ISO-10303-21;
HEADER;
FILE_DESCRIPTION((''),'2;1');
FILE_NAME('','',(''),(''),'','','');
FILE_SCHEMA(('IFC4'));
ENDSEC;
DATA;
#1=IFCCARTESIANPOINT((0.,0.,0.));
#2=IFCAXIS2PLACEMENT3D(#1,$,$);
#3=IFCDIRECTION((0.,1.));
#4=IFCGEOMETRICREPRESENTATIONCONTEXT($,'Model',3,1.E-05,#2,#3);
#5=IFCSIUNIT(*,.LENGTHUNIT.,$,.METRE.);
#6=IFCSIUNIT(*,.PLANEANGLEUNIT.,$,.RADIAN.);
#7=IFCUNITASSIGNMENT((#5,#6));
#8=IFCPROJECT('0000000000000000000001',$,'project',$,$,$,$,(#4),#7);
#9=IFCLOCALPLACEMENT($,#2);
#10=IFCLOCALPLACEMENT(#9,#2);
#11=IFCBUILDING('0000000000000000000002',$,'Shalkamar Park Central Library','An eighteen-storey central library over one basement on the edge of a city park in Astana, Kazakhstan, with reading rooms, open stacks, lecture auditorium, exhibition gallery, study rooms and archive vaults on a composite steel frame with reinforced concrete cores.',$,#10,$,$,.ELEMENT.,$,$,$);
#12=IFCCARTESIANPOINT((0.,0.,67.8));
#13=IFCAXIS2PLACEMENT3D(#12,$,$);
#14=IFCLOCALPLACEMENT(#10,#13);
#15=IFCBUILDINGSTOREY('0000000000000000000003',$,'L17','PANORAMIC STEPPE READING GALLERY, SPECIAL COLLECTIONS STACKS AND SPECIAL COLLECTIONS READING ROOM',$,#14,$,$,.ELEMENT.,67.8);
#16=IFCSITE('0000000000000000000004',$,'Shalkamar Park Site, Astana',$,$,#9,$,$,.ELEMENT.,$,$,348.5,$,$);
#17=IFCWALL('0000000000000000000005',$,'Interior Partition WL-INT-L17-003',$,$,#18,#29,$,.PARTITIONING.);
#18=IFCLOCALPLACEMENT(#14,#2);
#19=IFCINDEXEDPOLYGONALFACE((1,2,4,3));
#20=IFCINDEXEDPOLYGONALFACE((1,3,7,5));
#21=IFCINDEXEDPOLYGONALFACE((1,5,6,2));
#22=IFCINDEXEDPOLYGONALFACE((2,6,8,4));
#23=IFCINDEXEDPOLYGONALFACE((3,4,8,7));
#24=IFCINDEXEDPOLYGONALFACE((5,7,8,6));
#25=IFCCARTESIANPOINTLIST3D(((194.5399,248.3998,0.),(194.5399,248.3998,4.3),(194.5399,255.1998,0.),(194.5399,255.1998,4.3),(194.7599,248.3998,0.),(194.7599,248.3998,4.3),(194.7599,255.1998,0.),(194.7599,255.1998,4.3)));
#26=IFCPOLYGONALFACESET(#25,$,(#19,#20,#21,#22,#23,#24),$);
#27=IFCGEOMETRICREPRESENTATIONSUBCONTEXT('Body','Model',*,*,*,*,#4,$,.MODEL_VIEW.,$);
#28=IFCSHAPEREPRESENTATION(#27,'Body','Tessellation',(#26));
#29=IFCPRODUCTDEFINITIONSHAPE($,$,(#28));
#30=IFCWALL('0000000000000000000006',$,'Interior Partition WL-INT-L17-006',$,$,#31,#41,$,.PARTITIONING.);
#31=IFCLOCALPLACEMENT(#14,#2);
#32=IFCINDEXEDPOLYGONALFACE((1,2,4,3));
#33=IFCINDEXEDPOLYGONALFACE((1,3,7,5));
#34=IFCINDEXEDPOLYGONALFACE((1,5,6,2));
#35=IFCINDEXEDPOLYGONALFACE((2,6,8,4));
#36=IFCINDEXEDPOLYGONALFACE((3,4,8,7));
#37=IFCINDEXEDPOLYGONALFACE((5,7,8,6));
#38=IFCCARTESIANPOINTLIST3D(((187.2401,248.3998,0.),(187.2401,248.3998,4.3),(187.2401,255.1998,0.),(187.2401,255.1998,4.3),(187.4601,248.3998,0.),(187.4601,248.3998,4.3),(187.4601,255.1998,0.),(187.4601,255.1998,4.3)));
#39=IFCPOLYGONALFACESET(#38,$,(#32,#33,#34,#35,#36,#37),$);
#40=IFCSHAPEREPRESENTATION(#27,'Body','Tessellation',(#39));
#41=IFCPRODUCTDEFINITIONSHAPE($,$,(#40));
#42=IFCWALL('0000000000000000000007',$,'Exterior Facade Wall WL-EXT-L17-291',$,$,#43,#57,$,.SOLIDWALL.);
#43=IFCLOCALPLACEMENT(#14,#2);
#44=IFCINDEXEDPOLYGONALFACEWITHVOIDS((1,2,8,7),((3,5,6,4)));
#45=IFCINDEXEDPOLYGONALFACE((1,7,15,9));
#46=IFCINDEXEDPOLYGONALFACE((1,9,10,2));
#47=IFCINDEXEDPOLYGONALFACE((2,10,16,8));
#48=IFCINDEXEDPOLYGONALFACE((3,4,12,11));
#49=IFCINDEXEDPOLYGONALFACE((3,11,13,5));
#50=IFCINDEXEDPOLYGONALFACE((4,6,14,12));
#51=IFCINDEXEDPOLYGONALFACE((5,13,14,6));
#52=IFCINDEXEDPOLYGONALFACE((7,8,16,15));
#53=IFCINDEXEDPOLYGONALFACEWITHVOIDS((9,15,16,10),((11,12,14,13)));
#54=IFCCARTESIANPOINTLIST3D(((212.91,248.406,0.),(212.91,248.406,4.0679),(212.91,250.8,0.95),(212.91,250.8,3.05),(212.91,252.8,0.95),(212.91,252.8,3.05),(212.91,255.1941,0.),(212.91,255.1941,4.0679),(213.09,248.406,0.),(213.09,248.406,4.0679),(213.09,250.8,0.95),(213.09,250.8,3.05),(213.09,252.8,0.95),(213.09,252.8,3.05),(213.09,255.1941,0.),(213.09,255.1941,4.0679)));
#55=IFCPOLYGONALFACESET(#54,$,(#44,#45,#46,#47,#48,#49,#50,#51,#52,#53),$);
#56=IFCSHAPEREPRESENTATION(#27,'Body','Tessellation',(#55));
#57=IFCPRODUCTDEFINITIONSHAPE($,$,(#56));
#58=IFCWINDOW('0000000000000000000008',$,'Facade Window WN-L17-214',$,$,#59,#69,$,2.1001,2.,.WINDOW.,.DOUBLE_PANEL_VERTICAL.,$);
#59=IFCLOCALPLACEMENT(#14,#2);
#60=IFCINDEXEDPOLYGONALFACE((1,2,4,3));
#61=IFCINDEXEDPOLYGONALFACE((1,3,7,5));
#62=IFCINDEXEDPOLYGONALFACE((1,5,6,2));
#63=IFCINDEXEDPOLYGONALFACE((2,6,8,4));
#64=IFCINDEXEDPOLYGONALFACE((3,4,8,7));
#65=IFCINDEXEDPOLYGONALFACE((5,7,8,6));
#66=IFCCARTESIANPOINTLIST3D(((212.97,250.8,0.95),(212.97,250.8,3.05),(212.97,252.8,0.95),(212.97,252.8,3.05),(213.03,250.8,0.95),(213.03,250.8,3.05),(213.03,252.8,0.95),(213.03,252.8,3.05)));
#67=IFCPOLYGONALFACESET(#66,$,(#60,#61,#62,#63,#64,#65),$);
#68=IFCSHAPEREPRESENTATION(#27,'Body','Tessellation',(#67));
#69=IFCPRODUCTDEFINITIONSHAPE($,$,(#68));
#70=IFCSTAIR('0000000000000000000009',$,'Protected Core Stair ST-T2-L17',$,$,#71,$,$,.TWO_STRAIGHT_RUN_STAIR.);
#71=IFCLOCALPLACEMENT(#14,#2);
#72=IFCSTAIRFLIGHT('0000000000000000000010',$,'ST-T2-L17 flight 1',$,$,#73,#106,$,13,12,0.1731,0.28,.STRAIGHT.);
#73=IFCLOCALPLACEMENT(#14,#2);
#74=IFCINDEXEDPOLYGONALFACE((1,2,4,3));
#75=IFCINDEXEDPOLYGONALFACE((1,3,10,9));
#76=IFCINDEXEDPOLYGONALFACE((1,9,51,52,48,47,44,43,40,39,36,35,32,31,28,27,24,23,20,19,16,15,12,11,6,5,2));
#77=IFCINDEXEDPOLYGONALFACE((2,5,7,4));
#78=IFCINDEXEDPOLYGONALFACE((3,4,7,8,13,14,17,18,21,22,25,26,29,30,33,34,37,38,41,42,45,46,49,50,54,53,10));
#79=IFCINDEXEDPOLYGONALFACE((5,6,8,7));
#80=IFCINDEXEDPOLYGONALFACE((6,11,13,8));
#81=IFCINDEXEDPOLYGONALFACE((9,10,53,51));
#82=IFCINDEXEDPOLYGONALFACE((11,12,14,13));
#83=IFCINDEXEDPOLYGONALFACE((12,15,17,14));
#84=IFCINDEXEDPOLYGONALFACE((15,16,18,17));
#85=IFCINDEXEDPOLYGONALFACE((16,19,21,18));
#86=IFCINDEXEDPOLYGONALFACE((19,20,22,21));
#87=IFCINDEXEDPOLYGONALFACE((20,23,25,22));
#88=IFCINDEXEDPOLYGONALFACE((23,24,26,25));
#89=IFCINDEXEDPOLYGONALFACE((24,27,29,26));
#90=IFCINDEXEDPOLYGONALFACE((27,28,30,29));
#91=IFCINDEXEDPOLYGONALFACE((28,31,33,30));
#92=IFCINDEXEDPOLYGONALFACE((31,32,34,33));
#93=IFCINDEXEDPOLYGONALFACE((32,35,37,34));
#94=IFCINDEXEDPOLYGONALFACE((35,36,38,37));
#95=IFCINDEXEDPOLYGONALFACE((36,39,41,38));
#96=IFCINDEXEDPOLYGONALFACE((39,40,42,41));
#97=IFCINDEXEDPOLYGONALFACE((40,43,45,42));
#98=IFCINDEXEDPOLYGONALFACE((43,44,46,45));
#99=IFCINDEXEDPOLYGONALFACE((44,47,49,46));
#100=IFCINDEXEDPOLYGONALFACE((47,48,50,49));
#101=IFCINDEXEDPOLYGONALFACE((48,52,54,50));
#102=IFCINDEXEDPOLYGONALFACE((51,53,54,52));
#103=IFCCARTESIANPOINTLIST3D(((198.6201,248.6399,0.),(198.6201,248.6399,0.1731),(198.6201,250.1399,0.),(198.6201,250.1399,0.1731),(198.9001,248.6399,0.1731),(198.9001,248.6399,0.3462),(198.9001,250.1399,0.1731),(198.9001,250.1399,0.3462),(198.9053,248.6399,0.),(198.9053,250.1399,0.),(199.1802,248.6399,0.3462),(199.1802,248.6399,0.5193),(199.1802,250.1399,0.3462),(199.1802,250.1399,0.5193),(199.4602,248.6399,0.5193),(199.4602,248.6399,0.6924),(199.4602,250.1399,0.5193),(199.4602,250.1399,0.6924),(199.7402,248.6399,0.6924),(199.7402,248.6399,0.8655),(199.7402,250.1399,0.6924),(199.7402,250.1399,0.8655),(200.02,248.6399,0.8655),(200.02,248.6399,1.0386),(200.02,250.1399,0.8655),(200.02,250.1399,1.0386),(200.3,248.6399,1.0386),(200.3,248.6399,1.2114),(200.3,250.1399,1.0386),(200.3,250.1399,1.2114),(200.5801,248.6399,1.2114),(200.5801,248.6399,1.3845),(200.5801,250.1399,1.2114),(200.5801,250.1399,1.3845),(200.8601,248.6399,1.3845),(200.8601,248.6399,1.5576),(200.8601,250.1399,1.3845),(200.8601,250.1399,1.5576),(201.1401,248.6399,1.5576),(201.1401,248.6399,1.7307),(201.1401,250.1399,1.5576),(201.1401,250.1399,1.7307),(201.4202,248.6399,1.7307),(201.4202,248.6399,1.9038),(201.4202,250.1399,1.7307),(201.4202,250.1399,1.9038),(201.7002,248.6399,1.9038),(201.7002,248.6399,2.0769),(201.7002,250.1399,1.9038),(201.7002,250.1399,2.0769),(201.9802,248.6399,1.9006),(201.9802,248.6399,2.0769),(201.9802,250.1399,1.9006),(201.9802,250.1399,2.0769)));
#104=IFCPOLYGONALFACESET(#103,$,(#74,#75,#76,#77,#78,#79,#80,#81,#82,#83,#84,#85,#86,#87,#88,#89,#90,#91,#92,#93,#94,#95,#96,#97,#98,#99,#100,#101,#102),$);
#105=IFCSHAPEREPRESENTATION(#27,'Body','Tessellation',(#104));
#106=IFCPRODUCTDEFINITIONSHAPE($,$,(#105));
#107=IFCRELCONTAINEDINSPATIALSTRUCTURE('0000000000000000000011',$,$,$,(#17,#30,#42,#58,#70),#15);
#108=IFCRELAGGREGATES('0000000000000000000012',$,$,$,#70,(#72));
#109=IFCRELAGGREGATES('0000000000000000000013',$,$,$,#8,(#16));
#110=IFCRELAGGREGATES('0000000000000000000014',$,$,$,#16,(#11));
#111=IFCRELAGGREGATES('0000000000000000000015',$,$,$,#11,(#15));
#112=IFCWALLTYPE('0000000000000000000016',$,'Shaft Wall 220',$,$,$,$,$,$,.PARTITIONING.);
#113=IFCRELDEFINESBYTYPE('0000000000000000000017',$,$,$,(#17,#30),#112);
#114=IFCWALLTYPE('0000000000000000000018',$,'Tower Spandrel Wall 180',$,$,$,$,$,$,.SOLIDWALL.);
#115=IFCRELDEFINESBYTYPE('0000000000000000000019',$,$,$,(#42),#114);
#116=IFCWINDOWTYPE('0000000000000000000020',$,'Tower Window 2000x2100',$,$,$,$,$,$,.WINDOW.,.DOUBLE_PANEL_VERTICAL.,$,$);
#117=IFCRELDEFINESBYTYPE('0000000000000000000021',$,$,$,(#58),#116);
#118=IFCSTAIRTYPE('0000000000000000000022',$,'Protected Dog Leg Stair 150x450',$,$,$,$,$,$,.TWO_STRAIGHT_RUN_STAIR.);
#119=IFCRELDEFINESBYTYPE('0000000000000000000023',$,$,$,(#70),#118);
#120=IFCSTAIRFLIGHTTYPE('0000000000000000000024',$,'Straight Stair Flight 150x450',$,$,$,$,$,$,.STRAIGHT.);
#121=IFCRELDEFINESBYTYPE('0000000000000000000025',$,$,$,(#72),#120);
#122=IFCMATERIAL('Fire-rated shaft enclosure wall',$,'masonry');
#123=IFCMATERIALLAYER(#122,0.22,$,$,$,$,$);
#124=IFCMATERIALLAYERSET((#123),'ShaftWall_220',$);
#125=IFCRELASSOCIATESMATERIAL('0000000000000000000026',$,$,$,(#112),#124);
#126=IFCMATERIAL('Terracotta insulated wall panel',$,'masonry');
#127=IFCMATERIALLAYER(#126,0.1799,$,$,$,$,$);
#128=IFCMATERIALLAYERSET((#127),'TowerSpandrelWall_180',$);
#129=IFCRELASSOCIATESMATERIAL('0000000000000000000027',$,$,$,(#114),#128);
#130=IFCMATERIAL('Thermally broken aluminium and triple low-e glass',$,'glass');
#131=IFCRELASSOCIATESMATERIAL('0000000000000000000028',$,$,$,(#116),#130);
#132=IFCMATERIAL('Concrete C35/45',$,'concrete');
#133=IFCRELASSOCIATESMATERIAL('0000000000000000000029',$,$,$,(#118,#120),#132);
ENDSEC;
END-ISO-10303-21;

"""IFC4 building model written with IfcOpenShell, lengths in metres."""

from ifc_helpers import new_model, si_unit, direction, frame, frame_2d, origin, place, context, subcontext, project, spatial, polyline, rectangle, outline, extrude, material, layer, layer_set, type_object, element, fill, aggregate, save


model = new_model("IFC4")

# Units and contexts
model_context = context("Model", 3, precision=1e-05, world=origin(), true_north=direction((0.0, 1.0)))
body_context = subcontext(model_context, "Body", "Model", "MODEL_VIEW")
ifc_project = project(units=[si_unit("LENGTHUNIT", "METRE"), si_unit("PLANEANGLEUNIT", "RADIAN")], contexts=[model_context])

# Site, building, storey
site_placement = place(None, origin())
site = spatial("IfcSite", under=ifc_project, at=site_placement, Name="Shalkamar Park Site, Astana", CompositionType="ELEMENT", RefElevation=348.5)
building_placement = place(site_placement, origin())
building = spatial("IfcBuilding", under=site, at=building_placement, Name="Shalkamar Park Central Library", Description="An eighteen-storey central library over one basement on the edge of a city park in Astana, Kazakhstan, with reading rooms, open stacks, lecture auditorium, exhibition gallery, study rooms and archive vaults on a composite steel frame with reinforced concrete cores.", CompositionType="ELEMENT")
storey_placement = place(building_placement, frame((0.0, 0.0, 67.8)))
storey = spatial("IfcBuildingStorey", under=building, at=storey_placement, Name="L17", Description="PANORAMIC STEPPE READING GALLERY, SPECIAL COLLECTIONS STACKS AND SPECIAL COLLECTIONS READING ROOM", CompositionType="ELEMENT", Elevation=67.8)

# Walls
ifc_material_1 = material(Name="Fire-rated shaft enclosure wall", Category="masonry")
ifc_layer_1 = layer(ifc_material_1, 0.22)
ifc_layer_set_1 = layer_set([ifc_layer_1], Name="ShaftWall_220")
wall_type_1 = type_object("IfcWallType", Name="Shaft Wall 220", PredefinedType="PARTITIONING", material=ifc_layer_set_1)
for number, where, z_axis, x_axis, name in (
    (1, (194.6499, 248.3999, 0.0), (0.0, 0.0, 1.0), (0.0, 1.0, 0.0), "Interior Partition WL-INT-L17-003"),
    (2, (187.3501, 248.3999, 0.0), (0.0, 0.0, 1.0), (0.0, 1.0, 0.0), "Interior Partition WL-INT-L17-006"),
):
    element("IfcWall", number, at=place(storey_placement, frame(where, z_axis=z_axis, x_axis=x_axis)), inside=storey, type_object=wall_type_1, Name=name, PredefinedType="PARTITIONING", context=body_context, shape_type="SweptSolid", body=[
        extrude(rectangle(XDim=6.8, YDim=0.22, at=frame_2d((3.3999, 0.0))), origin(), (0.0, 0.0, 1.0), 4.3),
    ])

# Wall, opening, window
ifc_material_2 = material(Name="Terracotta insulated wall panel", Category="masonry")
ifc_layer_2 = layer(ifc_material_2, 0.1799)
ifc_layer_set_2 = layer_set([ifc_layer_2], Name="TowerSpandrelWall_180")
wall_type_2 = type_object("IfcWallType", Name="Tower Spandrel Wall 180", PredefinedType="SOLIDWALL", material=ifc_layer_set_2)
wall_1_placement = place(storey_placement, frame((213.0, 248.406, 0.0), z_axis=(0.0, 0.0, 1.0), x_axis=(0.0, 1.0, 0.0)))
wall_1 = element("IfcWall", 3, at=wall_1_placement, inside=storey, type_object=wall_type_2, Name="Exterior Facade Wall WL-EXT-L17-291", PredefinedType="SOLIDWALL", context=body_context, shape_type="SweptSolid", body=[
    extrude(rectangle(XDim=6.7881, YDim=0.1799, at=frame_2d((3.394, 0.0))), origin(), (0.0, 0.0, 1.0), 4.0679),
])
opening_1_placement = place(wall_1_placement, frame((2.394, 0.0, 0.95)))
opening_1 = element("IfcOpeningElement", 4, at=opening_1_placement, cuts=wall_1, PredefinedType="OPENING", context=body_context, shape_type="SweptSolid", body=[
    extrude(rectangle(XDim=2.0, YDim=2.1001, at=frame_2d((1.0, 1.05))), frame((0.0, 0.105, 0.0), z_axis=(0.0, -1.0, 0.0), x_axis=(1.0, 0.0, 0.0)), (0.0, 0.0, 1.0), 0.2097),
])
ifc_material_3 = material(Name="Thermally broken aluminium and triple low-e glass", Category="glass")
window_type = type_object("IfcWindowType", Name="Tower Window 2000x2100", PartitioningType="DOUBLE_PANEL_VERTICAL", PredefinedType="WINDOW", material=ifc_material_3)
window_placement = place(opening_1_placement, origin())
window = element("IfcWindow", 5, at=window_placement, inside=storey, type_object=window_type, Name="Facade Window WN-L17-214", OverallHeight=2.1001, OverallWidth=2.0, PartitioningType="DOUBLE_PANEL_VERTICAL", PredefinedType="WINDOW", context=body_context, shape_type="SweptSolid", body=[
    extrude(rectangle(XDim=2.0, YDim=2.1001, at=frame_2d((1.0, 1.05))), frame((0.0, 0.03, 0.0), z_axis=(0.0, -1.0, 0.0), x_axis=(1.0, 0.0, 0.0)), (0.0, 0.0, 1.0), 0.0601),
])
fill(opening_1, window)

# Stair, stair flight
ifc_material_4 = material(Name="Concrete C35/45", Category="concrete")
stair_type = type_object("IfcStairType", Name="Protected Dog Leg Stair 150x450", PredefinedType="TWO_STRAIGHT_RUN_STAIR", material=ifc_material_4)
stair_placement = place(storey_placement, origin())
stair = element("IfcStair", 6, at=stair_placement, inside=storey, type_object=stair_type, Name="Protected Core Stair ST-T2-L17", PredefinedType="TWO_STRAIGHT_RUN_STAIR")
stair_flight_type = type_object("IfcStairFlightType", Name="Straight Stair Flight 150x450", PredefinedType="STRAIGHT", material=ifc_material_4)
stair_flight_placement = place(storey_placement, frame((198.6201, 249.3899, 0.0), z_axis=(0.0, 0.0, 1.0), x_axis=(1.0, 0.0, 0.0)))
stair_flight = element("IfcStairFlight", 7, at=stair_flight_placement, type_object=stair_flight_type, Name="ST-T2-L17 flight 1", NumberOfRisers=13, NumberOfTreads=12, PredefinedType="STRAIGHT", RiserHeight=0.1731, TreadLength=0.28, context=body_context, shape_type="SweptSolid", body=[
    extrude(outline(polyline([(0.0, 0.0), (0.0, 0.1731), (0.28, 0.1731), (0.28, 0.3462), (0.5601, 0.3462), (0.5601, 0.5193), (0.8401, 0.5193), (0.8401, 0.6924), (1.1201, 0.6924), (1.1201, 0.8655), (1.3999, 0.8655), (1.3999, 1.0386), (1.6799, 1.0386), (1.6799, 1.2114), (1.96, 1.2114), (1.96, 1.3845), (2.24, 1.3845), (2.24, 1.5576), (2.52, 1.5576), (2.52, 1.7307), (2.8, 1.7307), (2.8, 1.9038), (3.0801, 1.9038), (3.0801, 2.0769), (3.3601, 2.0769), (3.3601, 2.25), (3.3601, 1.9006), (0.2852, 0.0), (0.0, 0.0)])), frame((0.0, 0.75, 0.0), z_axis=(0.0, -1.0, 0.0), x_axis=(1.0, 0.0, 0.0)), (0.0, 0.0, 1.0), 1.5),
])
aggregate(stair, [stair_flight])

save(model, "model.ifc")
